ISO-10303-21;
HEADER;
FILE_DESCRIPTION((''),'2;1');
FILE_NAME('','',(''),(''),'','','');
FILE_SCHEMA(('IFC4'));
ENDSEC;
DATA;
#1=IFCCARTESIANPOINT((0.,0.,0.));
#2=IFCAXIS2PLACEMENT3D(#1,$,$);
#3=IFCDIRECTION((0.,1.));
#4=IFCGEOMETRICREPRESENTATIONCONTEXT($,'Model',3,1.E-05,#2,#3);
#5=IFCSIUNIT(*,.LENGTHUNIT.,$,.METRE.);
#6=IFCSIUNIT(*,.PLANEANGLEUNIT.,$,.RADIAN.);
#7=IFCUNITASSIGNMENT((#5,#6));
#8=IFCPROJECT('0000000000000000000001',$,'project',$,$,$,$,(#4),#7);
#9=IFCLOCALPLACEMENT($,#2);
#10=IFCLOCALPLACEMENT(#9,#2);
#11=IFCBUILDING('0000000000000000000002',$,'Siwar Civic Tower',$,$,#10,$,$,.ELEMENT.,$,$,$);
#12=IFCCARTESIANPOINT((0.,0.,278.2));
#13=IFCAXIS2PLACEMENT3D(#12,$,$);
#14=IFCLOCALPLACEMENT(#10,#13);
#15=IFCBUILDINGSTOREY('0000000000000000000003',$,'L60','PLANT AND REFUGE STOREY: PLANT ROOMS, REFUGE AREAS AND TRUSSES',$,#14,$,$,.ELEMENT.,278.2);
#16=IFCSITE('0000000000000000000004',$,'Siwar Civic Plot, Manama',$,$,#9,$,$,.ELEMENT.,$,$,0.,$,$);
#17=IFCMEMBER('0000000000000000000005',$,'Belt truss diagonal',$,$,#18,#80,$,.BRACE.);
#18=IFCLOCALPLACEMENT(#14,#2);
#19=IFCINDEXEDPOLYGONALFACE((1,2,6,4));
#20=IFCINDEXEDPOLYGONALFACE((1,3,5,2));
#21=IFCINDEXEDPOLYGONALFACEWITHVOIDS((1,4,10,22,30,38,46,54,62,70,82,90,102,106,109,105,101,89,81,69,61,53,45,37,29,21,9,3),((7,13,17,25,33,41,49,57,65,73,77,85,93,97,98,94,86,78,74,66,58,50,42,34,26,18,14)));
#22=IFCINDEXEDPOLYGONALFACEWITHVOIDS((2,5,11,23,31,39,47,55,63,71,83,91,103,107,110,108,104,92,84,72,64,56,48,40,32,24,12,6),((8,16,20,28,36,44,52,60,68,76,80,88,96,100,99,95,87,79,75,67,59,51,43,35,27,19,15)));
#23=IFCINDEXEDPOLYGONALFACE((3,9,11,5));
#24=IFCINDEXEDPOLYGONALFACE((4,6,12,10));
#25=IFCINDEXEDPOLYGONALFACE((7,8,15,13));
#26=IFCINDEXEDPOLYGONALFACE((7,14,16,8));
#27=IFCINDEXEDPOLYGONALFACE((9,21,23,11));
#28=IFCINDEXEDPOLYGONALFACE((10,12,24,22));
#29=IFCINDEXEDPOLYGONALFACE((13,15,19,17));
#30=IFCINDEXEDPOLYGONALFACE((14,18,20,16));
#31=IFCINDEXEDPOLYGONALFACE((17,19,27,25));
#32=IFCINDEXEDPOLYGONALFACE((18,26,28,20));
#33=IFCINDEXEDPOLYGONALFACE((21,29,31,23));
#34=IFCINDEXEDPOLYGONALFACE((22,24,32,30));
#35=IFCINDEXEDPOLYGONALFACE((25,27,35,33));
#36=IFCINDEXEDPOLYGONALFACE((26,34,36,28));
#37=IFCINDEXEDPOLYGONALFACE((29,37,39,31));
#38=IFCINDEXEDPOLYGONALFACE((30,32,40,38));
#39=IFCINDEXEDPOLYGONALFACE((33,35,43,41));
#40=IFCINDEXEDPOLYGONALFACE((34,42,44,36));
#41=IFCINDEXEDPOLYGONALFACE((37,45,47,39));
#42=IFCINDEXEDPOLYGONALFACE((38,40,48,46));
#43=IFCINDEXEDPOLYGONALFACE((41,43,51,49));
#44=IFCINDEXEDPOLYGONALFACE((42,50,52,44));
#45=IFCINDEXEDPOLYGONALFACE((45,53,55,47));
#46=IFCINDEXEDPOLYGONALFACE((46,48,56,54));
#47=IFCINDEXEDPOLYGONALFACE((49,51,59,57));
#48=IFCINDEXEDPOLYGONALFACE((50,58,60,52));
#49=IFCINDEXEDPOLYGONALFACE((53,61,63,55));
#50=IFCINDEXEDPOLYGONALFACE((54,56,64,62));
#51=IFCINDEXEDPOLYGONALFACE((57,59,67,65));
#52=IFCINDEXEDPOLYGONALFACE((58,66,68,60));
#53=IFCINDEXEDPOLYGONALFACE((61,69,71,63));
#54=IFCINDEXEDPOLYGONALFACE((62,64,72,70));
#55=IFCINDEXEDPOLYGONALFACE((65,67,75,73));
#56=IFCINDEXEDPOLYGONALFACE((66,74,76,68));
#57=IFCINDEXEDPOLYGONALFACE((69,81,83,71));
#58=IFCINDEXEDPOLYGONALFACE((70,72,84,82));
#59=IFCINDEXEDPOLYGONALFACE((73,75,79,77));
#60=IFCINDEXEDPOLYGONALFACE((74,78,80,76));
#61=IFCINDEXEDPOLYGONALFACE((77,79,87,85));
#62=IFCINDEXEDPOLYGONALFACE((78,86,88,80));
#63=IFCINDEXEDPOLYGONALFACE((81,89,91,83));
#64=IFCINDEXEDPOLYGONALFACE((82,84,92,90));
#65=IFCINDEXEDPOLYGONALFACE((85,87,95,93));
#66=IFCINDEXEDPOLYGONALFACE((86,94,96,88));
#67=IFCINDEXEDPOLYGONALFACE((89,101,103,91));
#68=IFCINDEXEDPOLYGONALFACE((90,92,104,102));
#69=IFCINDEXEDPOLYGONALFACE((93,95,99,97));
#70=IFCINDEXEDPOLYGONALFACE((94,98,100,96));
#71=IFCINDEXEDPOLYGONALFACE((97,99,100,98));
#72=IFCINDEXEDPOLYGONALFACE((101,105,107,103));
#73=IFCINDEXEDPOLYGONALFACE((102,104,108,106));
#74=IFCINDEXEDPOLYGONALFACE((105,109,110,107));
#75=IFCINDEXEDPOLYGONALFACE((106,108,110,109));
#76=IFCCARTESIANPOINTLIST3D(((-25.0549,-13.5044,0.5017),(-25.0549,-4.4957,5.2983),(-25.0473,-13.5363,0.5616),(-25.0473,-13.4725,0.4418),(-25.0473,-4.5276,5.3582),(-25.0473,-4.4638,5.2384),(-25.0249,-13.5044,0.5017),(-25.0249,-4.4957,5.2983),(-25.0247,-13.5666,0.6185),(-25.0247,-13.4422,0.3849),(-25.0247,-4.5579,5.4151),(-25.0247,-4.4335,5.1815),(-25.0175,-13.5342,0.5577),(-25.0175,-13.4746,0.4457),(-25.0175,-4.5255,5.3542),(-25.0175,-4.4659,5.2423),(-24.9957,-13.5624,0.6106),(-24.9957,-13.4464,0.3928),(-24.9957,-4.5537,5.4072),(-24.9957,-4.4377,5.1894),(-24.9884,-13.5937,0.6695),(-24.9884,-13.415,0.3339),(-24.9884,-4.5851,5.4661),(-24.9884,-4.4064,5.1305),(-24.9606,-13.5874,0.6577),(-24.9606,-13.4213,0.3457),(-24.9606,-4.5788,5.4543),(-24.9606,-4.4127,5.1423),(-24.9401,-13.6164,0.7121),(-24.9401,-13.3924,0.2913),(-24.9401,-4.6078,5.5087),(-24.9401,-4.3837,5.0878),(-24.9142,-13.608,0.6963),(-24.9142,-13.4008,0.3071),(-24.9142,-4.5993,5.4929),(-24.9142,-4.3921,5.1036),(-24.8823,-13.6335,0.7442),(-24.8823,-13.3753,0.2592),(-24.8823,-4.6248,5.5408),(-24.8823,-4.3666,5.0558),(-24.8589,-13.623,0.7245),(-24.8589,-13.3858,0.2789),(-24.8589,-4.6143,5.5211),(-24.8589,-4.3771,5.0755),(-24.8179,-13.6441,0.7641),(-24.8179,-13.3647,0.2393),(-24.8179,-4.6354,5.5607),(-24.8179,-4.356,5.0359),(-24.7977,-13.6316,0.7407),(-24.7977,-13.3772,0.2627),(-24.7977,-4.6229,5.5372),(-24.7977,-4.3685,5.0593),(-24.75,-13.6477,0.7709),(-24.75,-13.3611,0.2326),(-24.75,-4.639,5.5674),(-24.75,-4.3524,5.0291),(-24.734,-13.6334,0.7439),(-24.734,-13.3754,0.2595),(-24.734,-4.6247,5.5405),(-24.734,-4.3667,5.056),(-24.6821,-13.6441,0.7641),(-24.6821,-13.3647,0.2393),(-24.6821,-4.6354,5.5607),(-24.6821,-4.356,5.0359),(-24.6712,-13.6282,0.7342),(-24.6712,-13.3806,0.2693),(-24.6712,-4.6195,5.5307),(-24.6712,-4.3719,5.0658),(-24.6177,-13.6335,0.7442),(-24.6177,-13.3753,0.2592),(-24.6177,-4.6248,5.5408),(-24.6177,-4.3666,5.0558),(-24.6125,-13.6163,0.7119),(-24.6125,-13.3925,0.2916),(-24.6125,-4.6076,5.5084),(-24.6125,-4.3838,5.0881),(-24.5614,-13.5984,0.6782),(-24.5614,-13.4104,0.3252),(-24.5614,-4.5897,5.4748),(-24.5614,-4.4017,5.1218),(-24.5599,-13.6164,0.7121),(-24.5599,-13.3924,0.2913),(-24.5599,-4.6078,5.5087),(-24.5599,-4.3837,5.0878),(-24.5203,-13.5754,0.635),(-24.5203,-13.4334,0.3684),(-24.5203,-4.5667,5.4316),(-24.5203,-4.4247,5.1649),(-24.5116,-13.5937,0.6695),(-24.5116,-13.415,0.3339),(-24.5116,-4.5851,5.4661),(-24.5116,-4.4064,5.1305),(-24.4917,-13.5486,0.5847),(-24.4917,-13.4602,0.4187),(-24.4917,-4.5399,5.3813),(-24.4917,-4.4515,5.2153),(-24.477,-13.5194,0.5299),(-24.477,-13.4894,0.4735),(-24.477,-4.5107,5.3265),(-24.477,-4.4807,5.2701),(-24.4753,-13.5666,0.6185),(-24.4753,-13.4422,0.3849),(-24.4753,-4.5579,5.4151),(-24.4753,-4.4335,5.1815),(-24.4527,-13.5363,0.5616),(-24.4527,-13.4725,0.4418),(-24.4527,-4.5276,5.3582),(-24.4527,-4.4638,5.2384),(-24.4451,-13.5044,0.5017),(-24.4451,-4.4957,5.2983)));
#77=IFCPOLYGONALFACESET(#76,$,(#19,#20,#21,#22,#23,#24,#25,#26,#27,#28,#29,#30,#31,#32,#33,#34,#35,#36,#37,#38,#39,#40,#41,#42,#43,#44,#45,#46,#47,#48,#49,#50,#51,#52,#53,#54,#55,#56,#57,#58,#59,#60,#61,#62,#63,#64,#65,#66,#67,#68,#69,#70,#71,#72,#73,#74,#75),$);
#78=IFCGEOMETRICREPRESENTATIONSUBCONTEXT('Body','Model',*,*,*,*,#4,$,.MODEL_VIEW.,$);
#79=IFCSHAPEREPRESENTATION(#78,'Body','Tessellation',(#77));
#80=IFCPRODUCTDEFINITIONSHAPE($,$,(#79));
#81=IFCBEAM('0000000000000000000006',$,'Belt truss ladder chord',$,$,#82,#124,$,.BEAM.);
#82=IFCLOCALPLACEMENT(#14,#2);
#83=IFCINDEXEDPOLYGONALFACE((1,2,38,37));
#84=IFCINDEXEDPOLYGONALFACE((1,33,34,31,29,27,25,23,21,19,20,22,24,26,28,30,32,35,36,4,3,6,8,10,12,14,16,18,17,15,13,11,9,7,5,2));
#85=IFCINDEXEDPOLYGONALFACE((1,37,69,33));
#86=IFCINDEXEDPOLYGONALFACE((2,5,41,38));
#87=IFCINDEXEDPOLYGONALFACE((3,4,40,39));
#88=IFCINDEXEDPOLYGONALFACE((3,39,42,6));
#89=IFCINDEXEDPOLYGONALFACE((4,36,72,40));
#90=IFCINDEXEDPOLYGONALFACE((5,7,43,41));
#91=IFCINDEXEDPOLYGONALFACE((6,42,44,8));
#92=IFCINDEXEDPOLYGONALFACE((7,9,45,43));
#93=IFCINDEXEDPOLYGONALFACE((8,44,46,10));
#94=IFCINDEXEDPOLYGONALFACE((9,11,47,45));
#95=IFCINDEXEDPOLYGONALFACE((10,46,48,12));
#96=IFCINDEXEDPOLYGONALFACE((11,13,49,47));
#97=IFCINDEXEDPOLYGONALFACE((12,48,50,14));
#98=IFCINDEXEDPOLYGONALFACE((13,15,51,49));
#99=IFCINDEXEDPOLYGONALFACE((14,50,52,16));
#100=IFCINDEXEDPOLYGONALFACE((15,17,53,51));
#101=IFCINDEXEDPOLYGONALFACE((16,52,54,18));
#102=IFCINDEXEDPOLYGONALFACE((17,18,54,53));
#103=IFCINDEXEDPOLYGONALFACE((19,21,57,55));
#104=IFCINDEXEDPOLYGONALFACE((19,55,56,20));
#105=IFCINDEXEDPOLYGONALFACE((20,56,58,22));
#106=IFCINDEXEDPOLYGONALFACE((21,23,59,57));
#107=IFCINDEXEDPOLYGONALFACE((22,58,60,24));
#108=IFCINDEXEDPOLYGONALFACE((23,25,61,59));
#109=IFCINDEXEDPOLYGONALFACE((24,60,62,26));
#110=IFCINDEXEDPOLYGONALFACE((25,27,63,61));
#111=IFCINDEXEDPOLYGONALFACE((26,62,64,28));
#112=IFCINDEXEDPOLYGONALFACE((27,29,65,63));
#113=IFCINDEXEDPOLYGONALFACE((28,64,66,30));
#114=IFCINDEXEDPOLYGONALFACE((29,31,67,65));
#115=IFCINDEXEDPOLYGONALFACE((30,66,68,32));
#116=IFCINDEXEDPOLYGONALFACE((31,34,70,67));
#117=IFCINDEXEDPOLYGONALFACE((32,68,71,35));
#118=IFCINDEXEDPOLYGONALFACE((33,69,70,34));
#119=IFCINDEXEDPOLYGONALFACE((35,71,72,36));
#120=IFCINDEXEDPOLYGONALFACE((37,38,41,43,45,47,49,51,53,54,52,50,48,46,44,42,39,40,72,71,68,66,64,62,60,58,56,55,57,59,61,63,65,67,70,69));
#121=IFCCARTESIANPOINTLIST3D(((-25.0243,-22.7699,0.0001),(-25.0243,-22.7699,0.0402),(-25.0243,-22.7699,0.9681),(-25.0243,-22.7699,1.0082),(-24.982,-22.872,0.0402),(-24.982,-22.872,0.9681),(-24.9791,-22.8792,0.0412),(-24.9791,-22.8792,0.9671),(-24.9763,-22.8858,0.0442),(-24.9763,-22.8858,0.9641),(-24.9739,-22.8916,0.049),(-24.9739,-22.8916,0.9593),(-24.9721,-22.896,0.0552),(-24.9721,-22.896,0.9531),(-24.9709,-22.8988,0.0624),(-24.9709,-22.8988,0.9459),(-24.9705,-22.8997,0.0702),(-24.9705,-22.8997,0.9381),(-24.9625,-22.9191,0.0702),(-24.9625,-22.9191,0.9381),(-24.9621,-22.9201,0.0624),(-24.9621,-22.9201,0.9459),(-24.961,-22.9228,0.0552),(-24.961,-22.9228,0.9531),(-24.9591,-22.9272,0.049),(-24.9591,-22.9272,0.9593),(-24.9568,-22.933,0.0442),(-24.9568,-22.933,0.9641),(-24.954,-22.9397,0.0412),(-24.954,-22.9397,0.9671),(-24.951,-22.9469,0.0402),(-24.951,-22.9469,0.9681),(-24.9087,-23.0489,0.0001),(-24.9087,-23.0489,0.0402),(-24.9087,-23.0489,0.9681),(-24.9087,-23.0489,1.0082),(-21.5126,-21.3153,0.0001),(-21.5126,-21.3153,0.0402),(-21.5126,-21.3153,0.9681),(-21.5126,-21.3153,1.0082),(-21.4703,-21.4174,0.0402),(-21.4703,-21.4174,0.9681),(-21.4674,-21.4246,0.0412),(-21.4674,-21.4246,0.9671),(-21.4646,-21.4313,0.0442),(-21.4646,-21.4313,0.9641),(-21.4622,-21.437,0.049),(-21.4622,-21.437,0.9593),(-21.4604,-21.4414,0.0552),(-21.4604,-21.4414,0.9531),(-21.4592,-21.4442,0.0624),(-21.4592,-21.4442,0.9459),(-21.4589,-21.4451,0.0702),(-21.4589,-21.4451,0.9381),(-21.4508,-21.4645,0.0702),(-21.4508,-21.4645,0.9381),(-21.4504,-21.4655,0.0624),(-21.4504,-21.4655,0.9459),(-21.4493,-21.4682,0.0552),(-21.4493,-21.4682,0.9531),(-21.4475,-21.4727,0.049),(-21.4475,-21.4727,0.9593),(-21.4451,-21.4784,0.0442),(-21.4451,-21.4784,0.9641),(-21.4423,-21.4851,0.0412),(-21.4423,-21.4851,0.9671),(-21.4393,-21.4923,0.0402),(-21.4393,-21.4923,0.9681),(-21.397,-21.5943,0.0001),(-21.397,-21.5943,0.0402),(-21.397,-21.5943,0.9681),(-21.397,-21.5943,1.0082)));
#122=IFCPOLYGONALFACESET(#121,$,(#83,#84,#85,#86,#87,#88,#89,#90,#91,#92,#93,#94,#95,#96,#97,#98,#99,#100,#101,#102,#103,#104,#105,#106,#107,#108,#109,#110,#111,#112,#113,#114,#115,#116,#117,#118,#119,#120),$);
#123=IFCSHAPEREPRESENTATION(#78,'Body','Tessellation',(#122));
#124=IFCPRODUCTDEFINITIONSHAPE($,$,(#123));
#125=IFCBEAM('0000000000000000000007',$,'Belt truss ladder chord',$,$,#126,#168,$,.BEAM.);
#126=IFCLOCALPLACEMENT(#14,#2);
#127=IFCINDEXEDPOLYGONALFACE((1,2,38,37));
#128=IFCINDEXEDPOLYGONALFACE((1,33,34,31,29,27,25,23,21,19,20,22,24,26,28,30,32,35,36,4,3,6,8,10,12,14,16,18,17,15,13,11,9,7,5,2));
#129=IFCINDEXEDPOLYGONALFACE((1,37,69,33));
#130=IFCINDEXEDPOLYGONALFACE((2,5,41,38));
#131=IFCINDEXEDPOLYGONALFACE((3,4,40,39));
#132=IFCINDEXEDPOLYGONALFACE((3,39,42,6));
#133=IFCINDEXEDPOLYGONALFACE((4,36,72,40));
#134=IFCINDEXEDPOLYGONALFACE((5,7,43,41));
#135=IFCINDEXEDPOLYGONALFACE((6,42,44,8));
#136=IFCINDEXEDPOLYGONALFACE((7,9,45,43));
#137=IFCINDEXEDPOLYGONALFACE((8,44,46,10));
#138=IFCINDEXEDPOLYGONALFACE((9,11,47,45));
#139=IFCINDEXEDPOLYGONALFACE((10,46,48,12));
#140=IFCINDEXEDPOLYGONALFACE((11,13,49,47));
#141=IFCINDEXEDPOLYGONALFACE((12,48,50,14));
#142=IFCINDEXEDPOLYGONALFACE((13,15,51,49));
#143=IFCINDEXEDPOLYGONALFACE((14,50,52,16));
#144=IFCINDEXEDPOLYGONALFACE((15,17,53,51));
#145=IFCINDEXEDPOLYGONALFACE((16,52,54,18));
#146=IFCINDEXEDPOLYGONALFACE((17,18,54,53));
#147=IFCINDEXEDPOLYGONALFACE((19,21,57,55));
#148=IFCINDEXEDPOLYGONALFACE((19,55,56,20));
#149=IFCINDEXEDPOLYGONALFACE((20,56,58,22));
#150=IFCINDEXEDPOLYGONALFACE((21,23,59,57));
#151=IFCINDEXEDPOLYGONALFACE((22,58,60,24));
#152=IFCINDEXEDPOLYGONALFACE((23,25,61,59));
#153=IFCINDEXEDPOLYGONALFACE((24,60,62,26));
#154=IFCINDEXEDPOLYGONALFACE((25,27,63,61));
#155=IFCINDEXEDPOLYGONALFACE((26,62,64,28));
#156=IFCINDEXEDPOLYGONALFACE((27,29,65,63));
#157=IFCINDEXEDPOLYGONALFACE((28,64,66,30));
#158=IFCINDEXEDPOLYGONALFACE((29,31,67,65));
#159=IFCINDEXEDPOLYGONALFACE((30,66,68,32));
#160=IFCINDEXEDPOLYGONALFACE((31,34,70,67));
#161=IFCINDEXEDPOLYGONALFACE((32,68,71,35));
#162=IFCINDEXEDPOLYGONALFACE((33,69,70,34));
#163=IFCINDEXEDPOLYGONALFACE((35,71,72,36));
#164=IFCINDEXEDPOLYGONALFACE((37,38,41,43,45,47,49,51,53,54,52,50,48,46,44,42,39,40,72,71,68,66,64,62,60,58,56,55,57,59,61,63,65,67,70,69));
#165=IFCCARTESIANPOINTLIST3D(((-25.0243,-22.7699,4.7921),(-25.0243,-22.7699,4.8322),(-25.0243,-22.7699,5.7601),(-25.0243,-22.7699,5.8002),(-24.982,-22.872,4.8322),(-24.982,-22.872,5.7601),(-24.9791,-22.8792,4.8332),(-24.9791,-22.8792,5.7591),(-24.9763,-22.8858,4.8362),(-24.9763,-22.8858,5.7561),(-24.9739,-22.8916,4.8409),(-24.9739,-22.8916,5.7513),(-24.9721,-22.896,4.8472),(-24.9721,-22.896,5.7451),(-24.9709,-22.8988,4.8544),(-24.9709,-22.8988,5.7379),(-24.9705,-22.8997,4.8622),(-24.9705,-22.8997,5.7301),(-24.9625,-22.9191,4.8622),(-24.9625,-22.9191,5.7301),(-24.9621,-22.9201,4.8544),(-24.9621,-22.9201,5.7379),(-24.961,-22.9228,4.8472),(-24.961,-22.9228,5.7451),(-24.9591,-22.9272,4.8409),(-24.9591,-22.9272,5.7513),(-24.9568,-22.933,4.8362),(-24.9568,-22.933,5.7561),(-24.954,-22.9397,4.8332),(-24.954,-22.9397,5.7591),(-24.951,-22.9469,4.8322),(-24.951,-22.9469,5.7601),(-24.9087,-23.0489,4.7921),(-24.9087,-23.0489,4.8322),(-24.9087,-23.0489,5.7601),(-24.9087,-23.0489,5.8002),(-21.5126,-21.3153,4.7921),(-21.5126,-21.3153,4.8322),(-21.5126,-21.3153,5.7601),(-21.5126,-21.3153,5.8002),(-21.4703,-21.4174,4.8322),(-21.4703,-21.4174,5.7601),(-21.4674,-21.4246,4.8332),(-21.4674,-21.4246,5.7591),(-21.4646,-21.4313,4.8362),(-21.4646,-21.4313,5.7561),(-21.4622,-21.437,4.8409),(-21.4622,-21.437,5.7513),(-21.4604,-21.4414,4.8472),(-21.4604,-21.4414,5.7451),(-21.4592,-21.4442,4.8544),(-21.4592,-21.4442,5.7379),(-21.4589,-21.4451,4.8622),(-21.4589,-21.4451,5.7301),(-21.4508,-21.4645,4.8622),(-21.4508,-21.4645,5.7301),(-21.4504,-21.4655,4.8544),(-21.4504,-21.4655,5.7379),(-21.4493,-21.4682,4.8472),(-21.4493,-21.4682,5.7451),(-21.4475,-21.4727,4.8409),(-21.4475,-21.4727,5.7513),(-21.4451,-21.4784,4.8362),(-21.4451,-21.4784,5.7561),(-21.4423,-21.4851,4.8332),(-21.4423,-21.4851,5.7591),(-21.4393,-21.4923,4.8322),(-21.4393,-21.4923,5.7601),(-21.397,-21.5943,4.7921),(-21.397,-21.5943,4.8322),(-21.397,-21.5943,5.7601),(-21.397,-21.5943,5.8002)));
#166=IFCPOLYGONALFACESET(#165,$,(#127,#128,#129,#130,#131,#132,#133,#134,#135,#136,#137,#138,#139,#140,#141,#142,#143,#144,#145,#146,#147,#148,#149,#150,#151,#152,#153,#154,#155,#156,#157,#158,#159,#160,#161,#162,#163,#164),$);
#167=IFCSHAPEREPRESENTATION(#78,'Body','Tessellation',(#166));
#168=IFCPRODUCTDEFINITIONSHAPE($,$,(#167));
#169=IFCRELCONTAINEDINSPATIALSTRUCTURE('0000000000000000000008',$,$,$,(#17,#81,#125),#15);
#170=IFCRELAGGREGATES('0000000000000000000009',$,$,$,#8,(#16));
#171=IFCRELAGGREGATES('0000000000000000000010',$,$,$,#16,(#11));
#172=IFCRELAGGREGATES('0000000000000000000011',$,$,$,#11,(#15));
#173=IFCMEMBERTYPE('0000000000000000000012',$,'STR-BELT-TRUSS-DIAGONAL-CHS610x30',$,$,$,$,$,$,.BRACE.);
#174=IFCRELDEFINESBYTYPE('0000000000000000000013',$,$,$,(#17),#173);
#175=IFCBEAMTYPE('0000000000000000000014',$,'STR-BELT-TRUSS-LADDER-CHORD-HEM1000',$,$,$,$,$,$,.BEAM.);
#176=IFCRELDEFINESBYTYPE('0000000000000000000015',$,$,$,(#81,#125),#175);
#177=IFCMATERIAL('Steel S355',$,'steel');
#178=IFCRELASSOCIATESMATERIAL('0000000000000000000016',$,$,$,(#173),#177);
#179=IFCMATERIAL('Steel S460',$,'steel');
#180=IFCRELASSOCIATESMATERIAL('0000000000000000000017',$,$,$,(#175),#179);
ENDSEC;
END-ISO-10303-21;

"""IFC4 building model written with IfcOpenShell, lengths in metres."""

from ifc_helpers import new_model, si_unit, direction, frame, origin, origin_2d, place, context, subcontext, project, spatial, hollow_circle, i_section, extrude, material, material_profile, profile_set, type_object, element, save


model = new_model("IFC4")

# Units and contexts
model_context = context("Model", 3, precision=1e-05, world=origin(), true_north=direction((0.0, 1.0)))
body_context = subcontext(model_context, "Body", "Model", "MODEL_VIEW")
ifc_project = project(units=[si_unit("LENGTHUNIT", "METRE"), si_unit("PLANEANGLEUNIT", "RADIAN")], contexts=[model_context])

# Site, building, storey
site_placement = place(None, origin())
site = spatial("IfcSite", under=ifc_project, at=site_placement, Name="Siwar Civic Plot, Manama", CompositionType="ELEMENT", RefElevation=0.0)
building_placement = place(site_placement, origin())
building = spatial("IfcBuilding", under=site, at=building_placement, Name="Siwar Civic Tower", CompositionType="ELEMENT")
storey_placement = place(building_placement, frame((0.0, 0.0, 278.2)))
storey = spatial("IfcBuildingStorey", under=building, at=storey_placement, Name="L60", Description="PLANT AND REFUGE STOREY: PLANT ROOMS, REFUGE AREAS AND TRUSSES", CompositionType="ELEMENT", Elevation=278.2)

# Member
ifc_material_1 = material(Name="Steel S355", Category="steel")
ifc_material_profile_1 = material_profile(ifc_material_1, hollow_circle(Radius=0.3049, WallThickness=0.03, at=origin_2d()), Name="CHS610x30")
ifc_profile_set_1 = profile_set([ifc_material_profile_1], Name="Steel S355")
member_type_1 = type_object("IfcMemberType", Name="STR-BELT-TRUSS-DIAGONAL-CHS610x30", PredefinedType="BRACE", material=ifc_profile_set_1)
member_1_placement = place(storey_placement, frame((-24.75, -13.5044, 0.5017), z_axis=(0.0, 0.882681, 0.469974), x_axis=(-1.0, 0.0, 0.0)))
element("IfcMember", 1, at=member_1_placement, inside=storey, type_object=member_type_1, Name="Belt truss diagonal", PredefinedType="BRACE", context=body_context, shape_type="SweptSolid", body=[
    extrude(hollow_circle(Radius=0.3049, WallThickness=0.03, at=origin_2d()), origin(), (0.0, 0.0, 1.0), 10.2061),
])

# Beams
ifc_material_2 = material(Name="Steel S460", Category="steel")
ifc_material_profile_2 = material_profile(ifc_material_2, i_section(OverallWidth=0.302, OverallDepth=1.0081, WebThickness=0.021, FlangeThickness=0.04, FilletRadius=0.03, at=origin_2d()), Name="HEM1000")
ifc_profile_set_2 = profile_set([ifc_material_profile_2], Name="Steel S460")
beam_type_1 = type_object("IfcBeamType", Name="STR-BELT-TRUSS-LADDER-CHORD-HEM1000", PredefinedType="BEAM", material=ifc_profile_set_2)
for number, where, z_axis, x_axis, name in (
    (2, (-21.4548, -21.4548, 0.5042), (-0.923881, -0.382681, 0.0), (0.382681, -0.923881, 0.0), "Belt truss ladder chord"),
    (3, (-21.4548, -21.4548, 5.2961), (-0.923881, -0.382681, 0.0), (0.382681, -0.923881, 0.0), "Belt truss ladder chord"),
):
    element("IfcBeam", number, at=place(storey_placement, frame(where, z_axis=z_axis, x_axis=x_axis)), inside=storey, type_object=beam_type_1, Name=name, PredefinedType="BEAM", context=body_context, shape_type="SweptSolid", body=[
        extrude(i_section(OverallWidth=0.302, OverallDepth=1.0081, WebThickness=0.021, FlangeThickness=0.04, FilletRadius=0.03, at=origin_2d()), origin(), (0.0, 0.0, 1.0), 3.801),
    ])

save(model, "model.ifc")
